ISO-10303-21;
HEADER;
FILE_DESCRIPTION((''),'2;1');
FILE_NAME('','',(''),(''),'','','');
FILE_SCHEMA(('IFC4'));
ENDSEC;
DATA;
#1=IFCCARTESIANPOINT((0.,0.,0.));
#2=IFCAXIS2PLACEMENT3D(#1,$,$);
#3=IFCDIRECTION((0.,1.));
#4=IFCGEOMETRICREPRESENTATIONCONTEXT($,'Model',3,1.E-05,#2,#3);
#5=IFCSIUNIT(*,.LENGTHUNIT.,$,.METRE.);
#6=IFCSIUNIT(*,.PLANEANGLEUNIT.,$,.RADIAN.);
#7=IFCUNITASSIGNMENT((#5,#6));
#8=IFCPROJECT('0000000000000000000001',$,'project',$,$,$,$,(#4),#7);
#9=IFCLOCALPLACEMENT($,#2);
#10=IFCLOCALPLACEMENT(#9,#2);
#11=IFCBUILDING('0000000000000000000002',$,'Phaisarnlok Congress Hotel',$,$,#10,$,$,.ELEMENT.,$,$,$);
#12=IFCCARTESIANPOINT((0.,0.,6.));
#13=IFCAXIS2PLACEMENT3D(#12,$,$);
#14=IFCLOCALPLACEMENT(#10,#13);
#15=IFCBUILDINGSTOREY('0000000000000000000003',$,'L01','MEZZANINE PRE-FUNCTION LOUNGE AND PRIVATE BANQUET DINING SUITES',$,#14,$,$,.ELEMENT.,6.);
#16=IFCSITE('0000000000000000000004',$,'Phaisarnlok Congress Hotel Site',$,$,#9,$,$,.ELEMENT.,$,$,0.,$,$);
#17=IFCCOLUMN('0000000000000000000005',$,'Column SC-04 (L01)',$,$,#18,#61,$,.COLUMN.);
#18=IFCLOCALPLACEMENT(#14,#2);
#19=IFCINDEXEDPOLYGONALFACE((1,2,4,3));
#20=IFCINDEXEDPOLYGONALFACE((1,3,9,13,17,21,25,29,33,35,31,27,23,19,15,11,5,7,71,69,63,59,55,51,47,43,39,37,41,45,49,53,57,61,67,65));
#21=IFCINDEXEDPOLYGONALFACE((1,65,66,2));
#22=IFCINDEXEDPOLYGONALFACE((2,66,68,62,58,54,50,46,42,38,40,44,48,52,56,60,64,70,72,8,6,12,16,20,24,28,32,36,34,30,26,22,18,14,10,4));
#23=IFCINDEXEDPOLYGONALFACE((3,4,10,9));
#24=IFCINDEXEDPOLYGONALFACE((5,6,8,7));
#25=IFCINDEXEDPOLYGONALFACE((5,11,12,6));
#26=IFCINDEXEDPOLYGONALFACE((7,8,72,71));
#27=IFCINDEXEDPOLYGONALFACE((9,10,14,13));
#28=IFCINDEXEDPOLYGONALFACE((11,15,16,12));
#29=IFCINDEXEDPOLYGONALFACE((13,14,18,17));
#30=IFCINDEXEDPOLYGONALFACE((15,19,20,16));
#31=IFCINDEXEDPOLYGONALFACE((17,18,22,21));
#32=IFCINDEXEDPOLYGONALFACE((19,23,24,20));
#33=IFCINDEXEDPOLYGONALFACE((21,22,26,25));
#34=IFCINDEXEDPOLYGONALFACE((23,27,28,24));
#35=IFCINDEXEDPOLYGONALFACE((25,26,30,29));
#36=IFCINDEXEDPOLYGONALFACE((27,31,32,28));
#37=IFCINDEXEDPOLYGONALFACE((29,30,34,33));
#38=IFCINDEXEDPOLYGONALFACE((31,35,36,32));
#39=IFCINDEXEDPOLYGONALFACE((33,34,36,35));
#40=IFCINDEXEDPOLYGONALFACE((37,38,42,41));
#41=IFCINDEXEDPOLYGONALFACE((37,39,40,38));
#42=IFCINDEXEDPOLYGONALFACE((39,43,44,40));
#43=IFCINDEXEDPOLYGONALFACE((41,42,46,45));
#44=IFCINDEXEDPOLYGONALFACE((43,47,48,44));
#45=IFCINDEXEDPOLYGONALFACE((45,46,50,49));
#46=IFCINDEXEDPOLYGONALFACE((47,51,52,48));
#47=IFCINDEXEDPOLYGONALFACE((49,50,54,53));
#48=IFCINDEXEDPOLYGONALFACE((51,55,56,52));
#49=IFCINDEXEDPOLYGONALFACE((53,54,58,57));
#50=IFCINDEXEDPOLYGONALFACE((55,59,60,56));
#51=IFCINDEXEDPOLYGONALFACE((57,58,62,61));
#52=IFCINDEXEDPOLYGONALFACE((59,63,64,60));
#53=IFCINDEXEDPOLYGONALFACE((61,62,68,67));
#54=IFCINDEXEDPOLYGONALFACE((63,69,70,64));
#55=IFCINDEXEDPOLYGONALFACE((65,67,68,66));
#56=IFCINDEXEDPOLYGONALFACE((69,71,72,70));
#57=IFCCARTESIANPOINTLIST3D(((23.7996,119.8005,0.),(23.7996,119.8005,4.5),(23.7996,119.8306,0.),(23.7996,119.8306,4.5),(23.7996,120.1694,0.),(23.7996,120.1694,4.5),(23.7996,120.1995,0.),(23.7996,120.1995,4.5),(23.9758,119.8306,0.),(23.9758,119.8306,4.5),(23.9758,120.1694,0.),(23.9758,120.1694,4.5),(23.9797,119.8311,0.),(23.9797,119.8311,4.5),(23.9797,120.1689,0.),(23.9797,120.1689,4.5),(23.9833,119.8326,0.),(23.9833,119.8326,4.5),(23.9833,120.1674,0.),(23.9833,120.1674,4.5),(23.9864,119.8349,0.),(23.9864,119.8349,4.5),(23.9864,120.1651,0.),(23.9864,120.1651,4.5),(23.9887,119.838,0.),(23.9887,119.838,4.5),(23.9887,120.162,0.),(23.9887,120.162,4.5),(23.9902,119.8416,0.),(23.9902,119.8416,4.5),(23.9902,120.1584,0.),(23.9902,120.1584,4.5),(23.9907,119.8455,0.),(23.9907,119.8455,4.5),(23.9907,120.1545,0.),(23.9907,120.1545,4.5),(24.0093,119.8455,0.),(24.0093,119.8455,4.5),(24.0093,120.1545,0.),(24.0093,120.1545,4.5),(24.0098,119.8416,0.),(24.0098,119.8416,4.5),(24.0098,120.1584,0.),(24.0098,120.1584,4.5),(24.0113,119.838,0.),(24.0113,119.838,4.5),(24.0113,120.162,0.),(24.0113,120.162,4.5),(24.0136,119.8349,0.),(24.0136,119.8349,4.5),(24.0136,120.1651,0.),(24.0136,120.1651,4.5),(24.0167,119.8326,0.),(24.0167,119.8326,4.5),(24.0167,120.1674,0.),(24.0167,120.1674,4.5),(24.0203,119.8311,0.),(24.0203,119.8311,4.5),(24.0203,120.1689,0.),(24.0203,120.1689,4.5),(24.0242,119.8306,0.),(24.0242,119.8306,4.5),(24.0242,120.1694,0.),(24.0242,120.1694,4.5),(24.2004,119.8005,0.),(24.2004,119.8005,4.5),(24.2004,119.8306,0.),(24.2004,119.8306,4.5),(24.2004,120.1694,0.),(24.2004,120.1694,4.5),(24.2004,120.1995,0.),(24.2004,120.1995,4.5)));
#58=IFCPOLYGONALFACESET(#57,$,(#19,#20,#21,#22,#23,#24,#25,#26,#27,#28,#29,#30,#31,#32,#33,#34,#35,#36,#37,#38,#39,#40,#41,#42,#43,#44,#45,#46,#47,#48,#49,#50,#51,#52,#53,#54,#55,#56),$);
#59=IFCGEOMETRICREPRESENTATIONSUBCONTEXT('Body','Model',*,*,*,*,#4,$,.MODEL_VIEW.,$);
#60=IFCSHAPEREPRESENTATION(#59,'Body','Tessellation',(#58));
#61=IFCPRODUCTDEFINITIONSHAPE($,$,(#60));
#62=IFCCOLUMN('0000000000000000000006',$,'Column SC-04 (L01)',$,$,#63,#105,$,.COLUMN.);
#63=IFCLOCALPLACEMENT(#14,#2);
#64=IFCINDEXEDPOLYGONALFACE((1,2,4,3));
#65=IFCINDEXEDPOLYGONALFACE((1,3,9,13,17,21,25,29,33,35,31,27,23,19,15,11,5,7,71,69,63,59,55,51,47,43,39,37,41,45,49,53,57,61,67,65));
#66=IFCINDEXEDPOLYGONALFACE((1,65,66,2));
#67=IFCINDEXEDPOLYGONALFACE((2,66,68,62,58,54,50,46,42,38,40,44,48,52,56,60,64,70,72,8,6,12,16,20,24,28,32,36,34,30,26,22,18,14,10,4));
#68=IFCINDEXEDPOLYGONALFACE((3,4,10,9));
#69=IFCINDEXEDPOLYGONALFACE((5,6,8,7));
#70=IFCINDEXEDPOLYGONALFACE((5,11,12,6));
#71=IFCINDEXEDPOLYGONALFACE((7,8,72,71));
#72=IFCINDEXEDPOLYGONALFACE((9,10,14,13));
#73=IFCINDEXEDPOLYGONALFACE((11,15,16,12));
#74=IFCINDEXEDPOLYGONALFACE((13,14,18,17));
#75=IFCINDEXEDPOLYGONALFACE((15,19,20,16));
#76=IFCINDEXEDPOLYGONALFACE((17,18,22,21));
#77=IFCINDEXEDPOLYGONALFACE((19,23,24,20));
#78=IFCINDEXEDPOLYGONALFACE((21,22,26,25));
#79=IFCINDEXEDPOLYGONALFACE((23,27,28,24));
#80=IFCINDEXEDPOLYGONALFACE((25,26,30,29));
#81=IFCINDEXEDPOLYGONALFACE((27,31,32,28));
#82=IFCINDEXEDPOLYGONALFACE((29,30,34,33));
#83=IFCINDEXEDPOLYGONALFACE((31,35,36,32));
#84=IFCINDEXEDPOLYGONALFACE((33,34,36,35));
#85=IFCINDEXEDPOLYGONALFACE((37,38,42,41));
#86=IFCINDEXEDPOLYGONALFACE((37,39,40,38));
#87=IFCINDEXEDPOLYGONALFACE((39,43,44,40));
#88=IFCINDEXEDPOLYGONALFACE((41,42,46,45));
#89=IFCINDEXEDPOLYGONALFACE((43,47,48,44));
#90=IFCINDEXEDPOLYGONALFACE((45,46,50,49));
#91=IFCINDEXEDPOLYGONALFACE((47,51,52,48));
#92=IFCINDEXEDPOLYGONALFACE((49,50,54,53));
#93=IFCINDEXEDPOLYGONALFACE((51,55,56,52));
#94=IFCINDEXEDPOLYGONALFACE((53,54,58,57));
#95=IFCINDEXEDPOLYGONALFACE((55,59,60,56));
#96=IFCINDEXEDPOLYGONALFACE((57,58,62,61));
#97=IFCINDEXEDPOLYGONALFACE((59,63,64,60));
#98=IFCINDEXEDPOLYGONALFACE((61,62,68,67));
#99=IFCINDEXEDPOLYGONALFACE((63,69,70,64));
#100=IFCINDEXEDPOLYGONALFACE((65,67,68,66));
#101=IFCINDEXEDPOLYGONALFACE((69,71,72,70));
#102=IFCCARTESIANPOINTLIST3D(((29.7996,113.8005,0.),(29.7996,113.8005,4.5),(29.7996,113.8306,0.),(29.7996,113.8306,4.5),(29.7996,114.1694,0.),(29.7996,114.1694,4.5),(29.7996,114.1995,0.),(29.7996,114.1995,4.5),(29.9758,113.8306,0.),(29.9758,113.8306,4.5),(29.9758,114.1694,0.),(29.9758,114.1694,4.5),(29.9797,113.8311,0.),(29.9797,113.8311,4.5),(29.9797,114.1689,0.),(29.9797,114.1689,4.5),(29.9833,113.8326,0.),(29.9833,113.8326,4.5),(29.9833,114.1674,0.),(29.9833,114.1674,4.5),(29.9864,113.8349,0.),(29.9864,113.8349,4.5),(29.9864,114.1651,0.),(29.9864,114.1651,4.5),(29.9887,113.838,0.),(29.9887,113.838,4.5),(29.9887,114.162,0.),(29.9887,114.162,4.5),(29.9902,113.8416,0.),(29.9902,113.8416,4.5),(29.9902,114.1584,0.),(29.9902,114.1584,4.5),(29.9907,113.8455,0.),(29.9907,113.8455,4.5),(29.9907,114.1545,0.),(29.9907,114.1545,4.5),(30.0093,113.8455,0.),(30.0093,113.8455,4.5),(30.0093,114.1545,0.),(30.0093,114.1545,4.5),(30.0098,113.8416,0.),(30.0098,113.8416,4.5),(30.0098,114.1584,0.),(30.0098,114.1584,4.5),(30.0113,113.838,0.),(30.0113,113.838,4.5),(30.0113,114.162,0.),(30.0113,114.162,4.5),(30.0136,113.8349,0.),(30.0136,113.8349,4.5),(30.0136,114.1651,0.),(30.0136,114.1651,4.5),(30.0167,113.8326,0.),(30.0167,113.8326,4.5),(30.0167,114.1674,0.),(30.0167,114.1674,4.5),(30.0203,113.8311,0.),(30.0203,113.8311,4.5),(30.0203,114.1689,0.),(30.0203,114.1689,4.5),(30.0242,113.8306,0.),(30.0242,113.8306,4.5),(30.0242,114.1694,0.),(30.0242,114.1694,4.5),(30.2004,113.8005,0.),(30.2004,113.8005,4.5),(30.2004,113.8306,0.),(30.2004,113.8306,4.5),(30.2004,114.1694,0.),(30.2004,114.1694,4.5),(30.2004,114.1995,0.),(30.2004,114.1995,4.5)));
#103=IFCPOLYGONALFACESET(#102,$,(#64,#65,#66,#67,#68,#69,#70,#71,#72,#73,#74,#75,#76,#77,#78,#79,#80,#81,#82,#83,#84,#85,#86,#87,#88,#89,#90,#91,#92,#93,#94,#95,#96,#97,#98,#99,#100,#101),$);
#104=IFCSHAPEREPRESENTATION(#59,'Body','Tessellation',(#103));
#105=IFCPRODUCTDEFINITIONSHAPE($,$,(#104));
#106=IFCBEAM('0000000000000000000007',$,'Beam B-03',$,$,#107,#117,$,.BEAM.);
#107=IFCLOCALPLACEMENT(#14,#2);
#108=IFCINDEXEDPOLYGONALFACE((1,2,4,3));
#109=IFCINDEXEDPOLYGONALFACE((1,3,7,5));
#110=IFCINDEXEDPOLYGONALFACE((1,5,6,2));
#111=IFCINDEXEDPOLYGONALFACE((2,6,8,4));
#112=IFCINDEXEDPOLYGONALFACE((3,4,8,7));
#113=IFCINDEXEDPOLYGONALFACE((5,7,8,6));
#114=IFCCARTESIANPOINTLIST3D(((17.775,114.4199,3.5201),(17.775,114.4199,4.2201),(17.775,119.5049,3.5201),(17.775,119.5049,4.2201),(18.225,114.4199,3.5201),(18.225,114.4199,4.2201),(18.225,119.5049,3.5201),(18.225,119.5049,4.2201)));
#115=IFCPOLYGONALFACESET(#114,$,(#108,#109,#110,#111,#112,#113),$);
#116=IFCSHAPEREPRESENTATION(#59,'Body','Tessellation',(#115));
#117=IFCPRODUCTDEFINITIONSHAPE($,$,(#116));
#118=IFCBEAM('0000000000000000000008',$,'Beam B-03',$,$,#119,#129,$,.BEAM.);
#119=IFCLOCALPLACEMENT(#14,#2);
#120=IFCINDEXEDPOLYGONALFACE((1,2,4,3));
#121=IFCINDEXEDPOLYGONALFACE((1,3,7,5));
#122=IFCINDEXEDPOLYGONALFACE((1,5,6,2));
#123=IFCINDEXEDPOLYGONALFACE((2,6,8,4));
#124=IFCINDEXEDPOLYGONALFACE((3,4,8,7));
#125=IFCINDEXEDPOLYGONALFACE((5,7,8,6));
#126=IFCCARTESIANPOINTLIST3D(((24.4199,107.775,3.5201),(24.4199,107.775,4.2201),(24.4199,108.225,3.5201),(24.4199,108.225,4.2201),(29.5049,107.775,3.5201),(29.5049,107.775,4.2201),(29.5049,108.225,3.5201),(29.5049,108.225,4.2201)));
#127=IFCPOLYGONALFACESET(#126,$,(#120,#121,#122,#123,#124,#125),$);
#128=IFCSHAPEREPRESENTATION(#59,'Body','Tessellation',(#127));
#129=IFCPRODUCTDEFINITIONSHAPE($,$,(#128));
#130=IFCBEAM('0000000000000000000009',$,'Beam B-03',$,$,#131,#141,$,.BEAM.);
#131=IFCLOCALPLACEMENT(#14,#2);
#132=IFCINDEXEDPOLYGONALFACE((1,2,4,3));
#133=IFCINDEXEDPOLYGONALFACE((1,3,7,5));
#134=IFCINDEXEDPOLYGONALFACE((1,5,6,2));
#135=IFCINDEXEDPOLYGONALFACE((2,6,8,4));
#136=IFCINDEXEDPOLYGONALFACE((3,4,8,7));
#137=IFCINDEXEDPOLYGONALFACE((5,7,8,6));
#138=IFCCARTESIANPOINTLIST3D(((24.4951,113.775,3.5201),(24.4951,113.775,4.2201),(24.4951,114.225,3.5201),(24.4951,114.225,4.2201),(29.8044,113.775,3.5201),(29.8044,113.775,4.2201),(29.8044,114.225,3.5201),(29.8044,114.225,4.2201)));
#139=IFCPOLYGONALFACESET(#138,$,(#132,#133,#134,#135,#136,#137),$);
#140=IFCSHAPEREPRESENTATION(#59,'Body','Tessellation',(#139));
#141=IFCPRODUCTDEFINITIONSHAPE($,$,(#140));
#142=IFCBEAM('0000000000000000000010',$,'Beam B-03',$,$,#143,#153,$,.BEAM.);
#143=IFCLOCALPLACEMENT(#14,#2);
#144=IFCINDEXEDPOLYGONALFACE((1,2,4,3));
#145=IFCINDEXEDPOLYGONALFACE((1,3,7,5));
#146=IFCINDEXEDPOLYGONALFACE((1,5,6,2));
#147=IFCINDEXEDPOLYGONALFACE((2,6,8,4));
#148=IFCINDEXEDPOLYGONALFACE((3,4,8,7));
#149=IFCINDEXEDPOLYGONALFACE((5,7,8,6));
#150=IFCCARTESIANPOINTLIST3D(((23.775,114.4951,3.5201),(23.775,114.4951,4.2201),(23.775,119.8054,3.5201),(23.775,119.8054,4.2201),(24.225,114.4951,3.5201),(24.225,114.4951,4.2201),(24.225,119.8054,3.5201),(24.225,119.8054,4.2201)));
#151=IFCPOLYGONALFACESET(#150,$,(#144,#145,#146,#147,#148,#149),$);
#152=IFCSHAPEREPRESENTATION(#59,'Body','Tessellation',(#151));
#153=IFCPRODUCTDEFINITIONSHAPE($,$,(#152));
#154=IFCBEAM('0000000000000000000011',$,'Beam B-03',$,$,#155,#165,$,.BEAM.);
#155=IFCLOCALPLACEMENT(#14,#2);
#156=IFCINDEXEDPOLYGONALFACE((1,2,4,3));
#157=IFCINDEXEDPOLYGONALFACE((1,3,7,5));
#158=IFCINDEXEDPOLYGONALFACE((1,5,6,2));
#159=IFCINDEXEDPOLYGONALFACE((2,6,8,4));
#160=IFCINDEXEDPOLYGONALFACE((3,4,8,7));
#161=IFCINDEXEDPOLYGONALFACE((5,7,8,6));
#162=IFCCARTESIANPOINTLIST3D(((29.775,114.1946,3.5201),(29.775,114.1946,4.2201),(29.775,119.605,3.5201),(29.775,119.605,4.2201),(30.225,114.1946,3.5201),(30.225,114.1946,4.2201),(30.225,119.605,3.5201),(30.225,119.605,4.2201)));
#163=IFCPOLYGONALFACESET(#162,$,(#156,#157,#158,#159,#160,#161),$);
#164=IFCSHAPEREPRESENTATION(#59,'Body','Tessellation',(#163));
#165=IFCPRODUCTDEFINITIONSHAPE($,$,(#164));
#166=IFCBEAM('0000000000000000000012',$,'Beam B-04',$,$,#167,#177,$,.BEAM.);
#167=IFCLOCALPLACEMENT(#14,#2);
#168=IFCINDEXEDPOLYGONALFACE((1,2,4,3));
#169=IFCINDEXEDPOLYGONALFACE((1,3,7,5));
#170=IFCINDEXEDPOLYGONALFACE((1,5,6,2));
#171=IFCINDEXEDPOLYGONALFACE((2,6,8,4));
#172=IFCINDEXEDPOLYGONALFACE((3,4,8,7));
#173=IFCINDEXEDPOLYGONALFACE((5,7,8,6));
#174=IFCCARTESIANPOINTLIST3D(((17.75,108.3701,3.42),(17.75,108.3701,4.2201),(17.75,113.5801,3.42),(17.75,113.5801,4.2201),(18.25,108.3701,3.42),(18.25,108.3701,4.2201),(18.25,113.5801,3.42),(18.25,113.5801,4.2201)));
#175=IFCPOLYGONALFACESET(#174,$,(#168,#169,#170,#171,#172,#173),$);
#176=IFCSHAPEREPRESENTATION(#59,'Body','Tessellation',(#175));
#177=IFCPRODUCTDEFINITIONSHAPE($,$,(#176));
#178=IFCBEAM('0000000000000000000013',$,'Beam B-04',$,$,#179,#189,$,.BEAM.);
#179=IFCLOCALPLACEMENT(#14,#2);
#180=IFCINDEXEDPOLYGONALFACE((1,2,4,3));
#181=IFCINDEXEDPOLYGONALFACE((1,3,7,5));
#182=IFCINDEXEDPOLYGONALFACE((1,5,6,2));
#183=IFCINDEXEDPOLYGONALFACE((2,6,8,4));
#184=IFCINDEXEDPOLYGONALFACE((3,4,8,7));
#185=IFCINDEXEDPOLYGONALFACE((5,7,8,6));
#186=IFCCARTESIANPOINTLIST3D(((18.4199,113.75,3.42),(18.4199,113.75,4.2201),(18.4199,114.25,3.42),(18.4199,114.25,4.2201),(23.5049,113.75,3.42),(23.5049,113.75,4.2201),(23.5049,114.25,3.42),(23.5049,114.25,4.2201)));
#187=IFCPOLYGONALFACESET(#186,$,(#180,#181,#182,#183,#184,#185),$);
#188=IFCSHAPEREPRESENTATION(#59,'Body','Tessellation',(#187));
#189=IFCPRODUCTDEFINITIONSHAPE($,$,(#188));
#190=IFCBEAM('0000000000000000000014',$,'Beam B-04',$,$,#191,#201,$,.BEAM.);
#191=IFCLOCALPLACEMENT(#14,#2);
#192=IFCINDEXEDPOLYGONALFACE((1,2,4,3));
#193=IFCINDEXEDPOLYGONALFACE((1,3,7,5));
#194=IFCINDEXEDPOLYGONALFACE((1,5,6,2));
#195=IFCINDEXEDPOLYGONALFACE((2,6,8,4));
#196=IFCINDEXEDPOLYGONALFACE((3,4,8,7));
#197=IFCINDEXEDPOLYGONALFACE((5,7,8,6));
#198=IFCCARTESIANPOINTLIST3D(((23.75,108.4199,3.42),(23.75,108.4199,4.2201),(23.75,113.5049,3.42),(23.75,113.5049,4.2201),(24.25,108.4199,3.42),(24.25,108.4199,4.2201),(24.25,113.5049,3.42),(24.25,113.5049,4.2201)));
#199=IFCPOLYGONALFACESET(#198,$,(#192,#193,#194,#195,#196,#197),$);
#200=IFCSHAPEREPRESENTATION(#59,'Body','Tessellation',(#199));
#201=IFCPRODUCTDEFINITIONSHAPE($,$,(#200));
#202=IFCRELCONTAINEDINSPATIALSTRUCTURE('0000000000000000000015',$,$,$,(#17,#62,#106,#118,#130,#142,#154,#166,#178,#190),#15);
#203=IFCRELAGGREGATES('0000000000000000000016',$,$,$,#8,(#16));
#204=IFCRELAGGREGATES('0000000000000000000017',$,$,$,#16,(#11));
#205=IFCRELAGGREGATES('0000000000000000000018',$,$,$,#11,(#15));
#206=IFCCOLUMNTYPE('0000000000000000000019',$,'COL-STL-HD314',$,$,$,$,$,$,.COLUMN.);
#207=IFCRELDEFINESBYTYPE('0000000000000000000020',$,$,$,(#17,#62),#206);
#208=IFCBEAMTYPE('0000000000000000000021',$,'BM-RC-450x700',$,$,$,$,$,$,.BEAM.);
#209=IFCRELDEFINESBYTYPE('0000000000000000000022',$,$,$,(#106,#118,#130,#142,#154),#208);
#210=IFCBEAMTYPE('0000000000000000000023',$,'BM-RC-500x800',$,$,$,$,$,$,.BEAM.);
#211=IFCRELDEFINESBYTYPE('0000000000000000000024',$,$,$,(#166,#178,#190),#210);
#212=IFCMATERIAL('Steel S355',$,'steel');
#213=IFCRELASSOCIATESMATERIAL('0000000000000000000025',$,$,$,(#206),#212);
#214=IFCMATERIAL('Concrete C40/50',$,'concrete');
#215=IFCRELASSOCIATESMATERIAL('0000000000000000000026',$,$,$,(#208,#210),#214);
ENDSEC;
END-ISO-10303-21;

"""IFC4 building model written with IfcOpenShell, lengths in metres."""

from ifc_helpers import new_model, si_unit, direction, frame, origin, origin_2d, place, context, subcontext, project, spatial, rectangle, i_section, extrude, material, material_profile, profile_set, type_object, element, save


model = new_model("IFC4")

# Units and contexts
model_context = context("Model", 3, precision=1e-05, world=origin(), true_north=direction((0.0, 1.0)))
body_context = subcontext(model_context, "Body", "Model", "MODEL_VIEW")
ifc_project = project(units=[si_unit("LENGTHUNIT", "METRE"), si_unit("PLANEANGLEUNIT", "RADIAN")], contexts=[model_context])

# Site, building, storey
site_placement = place(None, origin())
site = spatial("IfcSite", under=ifc_project, at=site_placement, Name="Phaisarnlok Congress Hotel Site", CompositionType="ELEMENT", RefElevation=0.0)
building_placement = place(site_placement, origin())
building = spatial("IfcBuilding", under=site, at=building_placement, Name="Phaisarnlok Congress Hotel", CompositionType="ELEMENT")
storey_placement = place(building_placement, frame((0.0, 0.0, 6.0)))
storey = spatial("IfcBuildingStorey", under=building, at=storey_placement, Name="L01", Description="MEZZANINE PRE-FUNCTION LOUNGE AND PRIVATE BANQUET DINING SUITES", CompositionType="ELEMENT", Elevation=6.0)

# Columns
ifc_material_1 = material(Name="Steel S355", Category="steel")
ifc_material_profile_1 = material_profile(ifc_material_1, i_section(OverallWidth=0.4009, OverallDepth=0.3989, WebThickness=0.0186, FlangeThickness=0.03, FilletRadius=0.0149, at=origin_2d()), Name="HD 400x314")
ifc_profile_set_1 = profile_set([ifc_material_profile_1], Name="Steel S355")
column_type_1 = type_object("IfcColumnType", Name="COL-STL-HD314", PredefinedType="COLUMN", material=ifc_profile_set_1)
for number, where, z_axis, x_axis, name in (
    (1, (24.0, 120.0, 0.0), (0.0, 0.0, 1.0), (1.0, 0.0, 0.0), "Column SC-04 (L01)"),
    (2, (30.0, 114.0, 0.0), (0.0, 0.0, 1.0), (1.0, 0.0, 0.0), "Column SC-04 (L01)"),
):
    element("IfcColumn", number, at=place(storey_placement, frame(where, z_axis=z_axis, x_axis=x_axis)), inside=storey, type_object=column_type_1, Name=name, PredefinedType="COLUMN", context=body_context, shape_type="SweptSolid", body=[
        extrude(i_section(OverallWidth=0.4009, OverallDepth=0.3989, WebThickness=0.0186, FlangeThickness=0.03, FilletRadius=0.0149, at=origin_2d()), origin(), (0.0, 0.0, 1.0), 4.5),
    ])

# Beams
ifc_material_2 = material(Name="Concrete C40/50", Category="concrete")
ifc_material_profile_2 = material_profile(ifc_material_2, rectangle(XDim=0.45, YDim=0.7, at=origin_2d()), Name="RC 450x700")
ifc_profile_set_2 = profile_set([ifc_material_profile_2], Name="Concrete C40/50")
beam_type_1 = type_object("IfcBeamType", Name="BM-RC-450x700", PredefinedType="BEAM", material=ifc_profile_set_2)
for number, where, z_axis, x_axis, name in (
    (3, (18.0, 114.4199, 3.8701), (0.0, 1.0, 0.0), (-1.0, 0.0, 0.0), "Beam B-03"),
    (4, (24.4199, 108.0, 3.8701), (1.0, 0.0, 0.0), (0.0, 1.0, 0.0), "Beam B-03"),
):
    element("IfcBeam", number, at=place(storey_placement, frame(where, z_axis=z_axis, x_axis=x_axis)), inside=storey, type_object=beam_type_1, Name=name, PredefinedType="BEAM", context=body_context, shape_type="SweptSolid", body=[
        extrude(rectangle(XDim=0.45, YDim=0.7, at=origin_2d()), origin(), (0.0, 0.0, 1.0), 5.085),
    ])
beam_1_placement = place(storey_placement, frame((24.4951, 114.0, 3.8701), z_axis=(1.0, 0.0, 0.0), x_axis=(0.0, 1.0, 0.0)))
element("IfcBeam", 5, at=beam_1_placement, inside=storey, type_object=beam_type_1, Name="Beam B-03", PredefinedType="BEAM", context=body_context, shape_type="SweptSolid", body=[
    extrude(rectangle(XDim=0.45, YDim=0.7, at=origin_2d()), origin(), (0.0, 0.0, 1.0), 5.3093),
])
beam_2_placement = place(storey_placement, frame((24.0, 114.4951, 3.8701), z_axis=(0.0, 1.0, 0.0), x_axis=(-1.0, 0.0, 0.0)))
element("IfcBeam", 6, at=beam_2_placement, inside=storey, type_object=beam_type_1, Name="Beam B-03", PredefinedType="BEAM", context=body_context, shape_type="SweptSolid", body=[
    extrude(rectangle(XDim=0.45, YDim=0.7, at=origin_2d()), origin(), (0.0, 0.0, 1.0), 5.3103),
])
beam_3_placement = place(storey_placement, frame((30.0, 114.1946, 3.8701), z_axis=(0.0, 1.0, 0.0), x_axis=(-1.0, 0.0, 0.0)))
element("IfcBeam", 7, at=beam_3_placement, inside=storey, type_object=beam_type_1, Name="Beam B-03", PredefinedType="BEAM", context=body_context, shape_type="SweptSolid", body=[
    extrude(rectangle(XDim=0.45, YDim=0.7, at=origin_2d()), origin(), (0.0, 0.0, 1.0), 5.4104),
])
ifc_material_profile_3 = material_profile(ifc_material_2, rectangle(XDim=0.5, YDim=0.8, at=origin_2d()), Name="RC 500x800")
ifc_profile_set_3 = profile_set([ifc_material_profile_3], Name="Concrete C40/50")
beam_type_2 = type_object("IfcBeamType", Name="BM-RC-500x800", PredefinedType="BEAM", material=ifc_profile_set_3)
beam_4_placement = place(storey_placement, frame((18.0, 108.3701, 3.8201), z_axis=(0.0, 1.0, 0.0), x_axis=(-1.0, 0.0, 0.0)))
element("IfcBeam", 8, at=beam_4_placement, inside=storey, type_object=beam_type_2, Name="Beam B-04", PredefinedType="BEAM", context=body_context, shape_type="SweptSolid", body=[
    extrude(rectangle(XDim=0.5, YDim=0.8, at=origin_2d()), origin(), (0.0, 0.0, 1.0), 5.21),
])
for number, where, z_axis, x_axis, name in (
    (9, (18.4199, 114.0, 3.8201), (1.0, 0.0, 0.0), (0.0, 1.0, 0.0), "Beam B-04"),
    (10, (24.0, 108.4199, 3.8201), (0.0, 1.0, 0.0), (-1.0, 0.0, 0.0), "Beam B-04"),
):
    element("IfcBeam", number, at=place(storey_placement, frame(where, z_axis=z_axis, x_axis=x_axis)), inside=storey, type_object=beam_type_2, Name=name, PredefinedType="BEAM", context=body_context, shape_type="SweptSolid", body=[
        extrude(rectangle(XDim=0.5, YDim=0.8, at=origin_2d()), origin(), (0.0, 0.0, 1.0), 5.085),
    ])

save(model, "model.ifc")
